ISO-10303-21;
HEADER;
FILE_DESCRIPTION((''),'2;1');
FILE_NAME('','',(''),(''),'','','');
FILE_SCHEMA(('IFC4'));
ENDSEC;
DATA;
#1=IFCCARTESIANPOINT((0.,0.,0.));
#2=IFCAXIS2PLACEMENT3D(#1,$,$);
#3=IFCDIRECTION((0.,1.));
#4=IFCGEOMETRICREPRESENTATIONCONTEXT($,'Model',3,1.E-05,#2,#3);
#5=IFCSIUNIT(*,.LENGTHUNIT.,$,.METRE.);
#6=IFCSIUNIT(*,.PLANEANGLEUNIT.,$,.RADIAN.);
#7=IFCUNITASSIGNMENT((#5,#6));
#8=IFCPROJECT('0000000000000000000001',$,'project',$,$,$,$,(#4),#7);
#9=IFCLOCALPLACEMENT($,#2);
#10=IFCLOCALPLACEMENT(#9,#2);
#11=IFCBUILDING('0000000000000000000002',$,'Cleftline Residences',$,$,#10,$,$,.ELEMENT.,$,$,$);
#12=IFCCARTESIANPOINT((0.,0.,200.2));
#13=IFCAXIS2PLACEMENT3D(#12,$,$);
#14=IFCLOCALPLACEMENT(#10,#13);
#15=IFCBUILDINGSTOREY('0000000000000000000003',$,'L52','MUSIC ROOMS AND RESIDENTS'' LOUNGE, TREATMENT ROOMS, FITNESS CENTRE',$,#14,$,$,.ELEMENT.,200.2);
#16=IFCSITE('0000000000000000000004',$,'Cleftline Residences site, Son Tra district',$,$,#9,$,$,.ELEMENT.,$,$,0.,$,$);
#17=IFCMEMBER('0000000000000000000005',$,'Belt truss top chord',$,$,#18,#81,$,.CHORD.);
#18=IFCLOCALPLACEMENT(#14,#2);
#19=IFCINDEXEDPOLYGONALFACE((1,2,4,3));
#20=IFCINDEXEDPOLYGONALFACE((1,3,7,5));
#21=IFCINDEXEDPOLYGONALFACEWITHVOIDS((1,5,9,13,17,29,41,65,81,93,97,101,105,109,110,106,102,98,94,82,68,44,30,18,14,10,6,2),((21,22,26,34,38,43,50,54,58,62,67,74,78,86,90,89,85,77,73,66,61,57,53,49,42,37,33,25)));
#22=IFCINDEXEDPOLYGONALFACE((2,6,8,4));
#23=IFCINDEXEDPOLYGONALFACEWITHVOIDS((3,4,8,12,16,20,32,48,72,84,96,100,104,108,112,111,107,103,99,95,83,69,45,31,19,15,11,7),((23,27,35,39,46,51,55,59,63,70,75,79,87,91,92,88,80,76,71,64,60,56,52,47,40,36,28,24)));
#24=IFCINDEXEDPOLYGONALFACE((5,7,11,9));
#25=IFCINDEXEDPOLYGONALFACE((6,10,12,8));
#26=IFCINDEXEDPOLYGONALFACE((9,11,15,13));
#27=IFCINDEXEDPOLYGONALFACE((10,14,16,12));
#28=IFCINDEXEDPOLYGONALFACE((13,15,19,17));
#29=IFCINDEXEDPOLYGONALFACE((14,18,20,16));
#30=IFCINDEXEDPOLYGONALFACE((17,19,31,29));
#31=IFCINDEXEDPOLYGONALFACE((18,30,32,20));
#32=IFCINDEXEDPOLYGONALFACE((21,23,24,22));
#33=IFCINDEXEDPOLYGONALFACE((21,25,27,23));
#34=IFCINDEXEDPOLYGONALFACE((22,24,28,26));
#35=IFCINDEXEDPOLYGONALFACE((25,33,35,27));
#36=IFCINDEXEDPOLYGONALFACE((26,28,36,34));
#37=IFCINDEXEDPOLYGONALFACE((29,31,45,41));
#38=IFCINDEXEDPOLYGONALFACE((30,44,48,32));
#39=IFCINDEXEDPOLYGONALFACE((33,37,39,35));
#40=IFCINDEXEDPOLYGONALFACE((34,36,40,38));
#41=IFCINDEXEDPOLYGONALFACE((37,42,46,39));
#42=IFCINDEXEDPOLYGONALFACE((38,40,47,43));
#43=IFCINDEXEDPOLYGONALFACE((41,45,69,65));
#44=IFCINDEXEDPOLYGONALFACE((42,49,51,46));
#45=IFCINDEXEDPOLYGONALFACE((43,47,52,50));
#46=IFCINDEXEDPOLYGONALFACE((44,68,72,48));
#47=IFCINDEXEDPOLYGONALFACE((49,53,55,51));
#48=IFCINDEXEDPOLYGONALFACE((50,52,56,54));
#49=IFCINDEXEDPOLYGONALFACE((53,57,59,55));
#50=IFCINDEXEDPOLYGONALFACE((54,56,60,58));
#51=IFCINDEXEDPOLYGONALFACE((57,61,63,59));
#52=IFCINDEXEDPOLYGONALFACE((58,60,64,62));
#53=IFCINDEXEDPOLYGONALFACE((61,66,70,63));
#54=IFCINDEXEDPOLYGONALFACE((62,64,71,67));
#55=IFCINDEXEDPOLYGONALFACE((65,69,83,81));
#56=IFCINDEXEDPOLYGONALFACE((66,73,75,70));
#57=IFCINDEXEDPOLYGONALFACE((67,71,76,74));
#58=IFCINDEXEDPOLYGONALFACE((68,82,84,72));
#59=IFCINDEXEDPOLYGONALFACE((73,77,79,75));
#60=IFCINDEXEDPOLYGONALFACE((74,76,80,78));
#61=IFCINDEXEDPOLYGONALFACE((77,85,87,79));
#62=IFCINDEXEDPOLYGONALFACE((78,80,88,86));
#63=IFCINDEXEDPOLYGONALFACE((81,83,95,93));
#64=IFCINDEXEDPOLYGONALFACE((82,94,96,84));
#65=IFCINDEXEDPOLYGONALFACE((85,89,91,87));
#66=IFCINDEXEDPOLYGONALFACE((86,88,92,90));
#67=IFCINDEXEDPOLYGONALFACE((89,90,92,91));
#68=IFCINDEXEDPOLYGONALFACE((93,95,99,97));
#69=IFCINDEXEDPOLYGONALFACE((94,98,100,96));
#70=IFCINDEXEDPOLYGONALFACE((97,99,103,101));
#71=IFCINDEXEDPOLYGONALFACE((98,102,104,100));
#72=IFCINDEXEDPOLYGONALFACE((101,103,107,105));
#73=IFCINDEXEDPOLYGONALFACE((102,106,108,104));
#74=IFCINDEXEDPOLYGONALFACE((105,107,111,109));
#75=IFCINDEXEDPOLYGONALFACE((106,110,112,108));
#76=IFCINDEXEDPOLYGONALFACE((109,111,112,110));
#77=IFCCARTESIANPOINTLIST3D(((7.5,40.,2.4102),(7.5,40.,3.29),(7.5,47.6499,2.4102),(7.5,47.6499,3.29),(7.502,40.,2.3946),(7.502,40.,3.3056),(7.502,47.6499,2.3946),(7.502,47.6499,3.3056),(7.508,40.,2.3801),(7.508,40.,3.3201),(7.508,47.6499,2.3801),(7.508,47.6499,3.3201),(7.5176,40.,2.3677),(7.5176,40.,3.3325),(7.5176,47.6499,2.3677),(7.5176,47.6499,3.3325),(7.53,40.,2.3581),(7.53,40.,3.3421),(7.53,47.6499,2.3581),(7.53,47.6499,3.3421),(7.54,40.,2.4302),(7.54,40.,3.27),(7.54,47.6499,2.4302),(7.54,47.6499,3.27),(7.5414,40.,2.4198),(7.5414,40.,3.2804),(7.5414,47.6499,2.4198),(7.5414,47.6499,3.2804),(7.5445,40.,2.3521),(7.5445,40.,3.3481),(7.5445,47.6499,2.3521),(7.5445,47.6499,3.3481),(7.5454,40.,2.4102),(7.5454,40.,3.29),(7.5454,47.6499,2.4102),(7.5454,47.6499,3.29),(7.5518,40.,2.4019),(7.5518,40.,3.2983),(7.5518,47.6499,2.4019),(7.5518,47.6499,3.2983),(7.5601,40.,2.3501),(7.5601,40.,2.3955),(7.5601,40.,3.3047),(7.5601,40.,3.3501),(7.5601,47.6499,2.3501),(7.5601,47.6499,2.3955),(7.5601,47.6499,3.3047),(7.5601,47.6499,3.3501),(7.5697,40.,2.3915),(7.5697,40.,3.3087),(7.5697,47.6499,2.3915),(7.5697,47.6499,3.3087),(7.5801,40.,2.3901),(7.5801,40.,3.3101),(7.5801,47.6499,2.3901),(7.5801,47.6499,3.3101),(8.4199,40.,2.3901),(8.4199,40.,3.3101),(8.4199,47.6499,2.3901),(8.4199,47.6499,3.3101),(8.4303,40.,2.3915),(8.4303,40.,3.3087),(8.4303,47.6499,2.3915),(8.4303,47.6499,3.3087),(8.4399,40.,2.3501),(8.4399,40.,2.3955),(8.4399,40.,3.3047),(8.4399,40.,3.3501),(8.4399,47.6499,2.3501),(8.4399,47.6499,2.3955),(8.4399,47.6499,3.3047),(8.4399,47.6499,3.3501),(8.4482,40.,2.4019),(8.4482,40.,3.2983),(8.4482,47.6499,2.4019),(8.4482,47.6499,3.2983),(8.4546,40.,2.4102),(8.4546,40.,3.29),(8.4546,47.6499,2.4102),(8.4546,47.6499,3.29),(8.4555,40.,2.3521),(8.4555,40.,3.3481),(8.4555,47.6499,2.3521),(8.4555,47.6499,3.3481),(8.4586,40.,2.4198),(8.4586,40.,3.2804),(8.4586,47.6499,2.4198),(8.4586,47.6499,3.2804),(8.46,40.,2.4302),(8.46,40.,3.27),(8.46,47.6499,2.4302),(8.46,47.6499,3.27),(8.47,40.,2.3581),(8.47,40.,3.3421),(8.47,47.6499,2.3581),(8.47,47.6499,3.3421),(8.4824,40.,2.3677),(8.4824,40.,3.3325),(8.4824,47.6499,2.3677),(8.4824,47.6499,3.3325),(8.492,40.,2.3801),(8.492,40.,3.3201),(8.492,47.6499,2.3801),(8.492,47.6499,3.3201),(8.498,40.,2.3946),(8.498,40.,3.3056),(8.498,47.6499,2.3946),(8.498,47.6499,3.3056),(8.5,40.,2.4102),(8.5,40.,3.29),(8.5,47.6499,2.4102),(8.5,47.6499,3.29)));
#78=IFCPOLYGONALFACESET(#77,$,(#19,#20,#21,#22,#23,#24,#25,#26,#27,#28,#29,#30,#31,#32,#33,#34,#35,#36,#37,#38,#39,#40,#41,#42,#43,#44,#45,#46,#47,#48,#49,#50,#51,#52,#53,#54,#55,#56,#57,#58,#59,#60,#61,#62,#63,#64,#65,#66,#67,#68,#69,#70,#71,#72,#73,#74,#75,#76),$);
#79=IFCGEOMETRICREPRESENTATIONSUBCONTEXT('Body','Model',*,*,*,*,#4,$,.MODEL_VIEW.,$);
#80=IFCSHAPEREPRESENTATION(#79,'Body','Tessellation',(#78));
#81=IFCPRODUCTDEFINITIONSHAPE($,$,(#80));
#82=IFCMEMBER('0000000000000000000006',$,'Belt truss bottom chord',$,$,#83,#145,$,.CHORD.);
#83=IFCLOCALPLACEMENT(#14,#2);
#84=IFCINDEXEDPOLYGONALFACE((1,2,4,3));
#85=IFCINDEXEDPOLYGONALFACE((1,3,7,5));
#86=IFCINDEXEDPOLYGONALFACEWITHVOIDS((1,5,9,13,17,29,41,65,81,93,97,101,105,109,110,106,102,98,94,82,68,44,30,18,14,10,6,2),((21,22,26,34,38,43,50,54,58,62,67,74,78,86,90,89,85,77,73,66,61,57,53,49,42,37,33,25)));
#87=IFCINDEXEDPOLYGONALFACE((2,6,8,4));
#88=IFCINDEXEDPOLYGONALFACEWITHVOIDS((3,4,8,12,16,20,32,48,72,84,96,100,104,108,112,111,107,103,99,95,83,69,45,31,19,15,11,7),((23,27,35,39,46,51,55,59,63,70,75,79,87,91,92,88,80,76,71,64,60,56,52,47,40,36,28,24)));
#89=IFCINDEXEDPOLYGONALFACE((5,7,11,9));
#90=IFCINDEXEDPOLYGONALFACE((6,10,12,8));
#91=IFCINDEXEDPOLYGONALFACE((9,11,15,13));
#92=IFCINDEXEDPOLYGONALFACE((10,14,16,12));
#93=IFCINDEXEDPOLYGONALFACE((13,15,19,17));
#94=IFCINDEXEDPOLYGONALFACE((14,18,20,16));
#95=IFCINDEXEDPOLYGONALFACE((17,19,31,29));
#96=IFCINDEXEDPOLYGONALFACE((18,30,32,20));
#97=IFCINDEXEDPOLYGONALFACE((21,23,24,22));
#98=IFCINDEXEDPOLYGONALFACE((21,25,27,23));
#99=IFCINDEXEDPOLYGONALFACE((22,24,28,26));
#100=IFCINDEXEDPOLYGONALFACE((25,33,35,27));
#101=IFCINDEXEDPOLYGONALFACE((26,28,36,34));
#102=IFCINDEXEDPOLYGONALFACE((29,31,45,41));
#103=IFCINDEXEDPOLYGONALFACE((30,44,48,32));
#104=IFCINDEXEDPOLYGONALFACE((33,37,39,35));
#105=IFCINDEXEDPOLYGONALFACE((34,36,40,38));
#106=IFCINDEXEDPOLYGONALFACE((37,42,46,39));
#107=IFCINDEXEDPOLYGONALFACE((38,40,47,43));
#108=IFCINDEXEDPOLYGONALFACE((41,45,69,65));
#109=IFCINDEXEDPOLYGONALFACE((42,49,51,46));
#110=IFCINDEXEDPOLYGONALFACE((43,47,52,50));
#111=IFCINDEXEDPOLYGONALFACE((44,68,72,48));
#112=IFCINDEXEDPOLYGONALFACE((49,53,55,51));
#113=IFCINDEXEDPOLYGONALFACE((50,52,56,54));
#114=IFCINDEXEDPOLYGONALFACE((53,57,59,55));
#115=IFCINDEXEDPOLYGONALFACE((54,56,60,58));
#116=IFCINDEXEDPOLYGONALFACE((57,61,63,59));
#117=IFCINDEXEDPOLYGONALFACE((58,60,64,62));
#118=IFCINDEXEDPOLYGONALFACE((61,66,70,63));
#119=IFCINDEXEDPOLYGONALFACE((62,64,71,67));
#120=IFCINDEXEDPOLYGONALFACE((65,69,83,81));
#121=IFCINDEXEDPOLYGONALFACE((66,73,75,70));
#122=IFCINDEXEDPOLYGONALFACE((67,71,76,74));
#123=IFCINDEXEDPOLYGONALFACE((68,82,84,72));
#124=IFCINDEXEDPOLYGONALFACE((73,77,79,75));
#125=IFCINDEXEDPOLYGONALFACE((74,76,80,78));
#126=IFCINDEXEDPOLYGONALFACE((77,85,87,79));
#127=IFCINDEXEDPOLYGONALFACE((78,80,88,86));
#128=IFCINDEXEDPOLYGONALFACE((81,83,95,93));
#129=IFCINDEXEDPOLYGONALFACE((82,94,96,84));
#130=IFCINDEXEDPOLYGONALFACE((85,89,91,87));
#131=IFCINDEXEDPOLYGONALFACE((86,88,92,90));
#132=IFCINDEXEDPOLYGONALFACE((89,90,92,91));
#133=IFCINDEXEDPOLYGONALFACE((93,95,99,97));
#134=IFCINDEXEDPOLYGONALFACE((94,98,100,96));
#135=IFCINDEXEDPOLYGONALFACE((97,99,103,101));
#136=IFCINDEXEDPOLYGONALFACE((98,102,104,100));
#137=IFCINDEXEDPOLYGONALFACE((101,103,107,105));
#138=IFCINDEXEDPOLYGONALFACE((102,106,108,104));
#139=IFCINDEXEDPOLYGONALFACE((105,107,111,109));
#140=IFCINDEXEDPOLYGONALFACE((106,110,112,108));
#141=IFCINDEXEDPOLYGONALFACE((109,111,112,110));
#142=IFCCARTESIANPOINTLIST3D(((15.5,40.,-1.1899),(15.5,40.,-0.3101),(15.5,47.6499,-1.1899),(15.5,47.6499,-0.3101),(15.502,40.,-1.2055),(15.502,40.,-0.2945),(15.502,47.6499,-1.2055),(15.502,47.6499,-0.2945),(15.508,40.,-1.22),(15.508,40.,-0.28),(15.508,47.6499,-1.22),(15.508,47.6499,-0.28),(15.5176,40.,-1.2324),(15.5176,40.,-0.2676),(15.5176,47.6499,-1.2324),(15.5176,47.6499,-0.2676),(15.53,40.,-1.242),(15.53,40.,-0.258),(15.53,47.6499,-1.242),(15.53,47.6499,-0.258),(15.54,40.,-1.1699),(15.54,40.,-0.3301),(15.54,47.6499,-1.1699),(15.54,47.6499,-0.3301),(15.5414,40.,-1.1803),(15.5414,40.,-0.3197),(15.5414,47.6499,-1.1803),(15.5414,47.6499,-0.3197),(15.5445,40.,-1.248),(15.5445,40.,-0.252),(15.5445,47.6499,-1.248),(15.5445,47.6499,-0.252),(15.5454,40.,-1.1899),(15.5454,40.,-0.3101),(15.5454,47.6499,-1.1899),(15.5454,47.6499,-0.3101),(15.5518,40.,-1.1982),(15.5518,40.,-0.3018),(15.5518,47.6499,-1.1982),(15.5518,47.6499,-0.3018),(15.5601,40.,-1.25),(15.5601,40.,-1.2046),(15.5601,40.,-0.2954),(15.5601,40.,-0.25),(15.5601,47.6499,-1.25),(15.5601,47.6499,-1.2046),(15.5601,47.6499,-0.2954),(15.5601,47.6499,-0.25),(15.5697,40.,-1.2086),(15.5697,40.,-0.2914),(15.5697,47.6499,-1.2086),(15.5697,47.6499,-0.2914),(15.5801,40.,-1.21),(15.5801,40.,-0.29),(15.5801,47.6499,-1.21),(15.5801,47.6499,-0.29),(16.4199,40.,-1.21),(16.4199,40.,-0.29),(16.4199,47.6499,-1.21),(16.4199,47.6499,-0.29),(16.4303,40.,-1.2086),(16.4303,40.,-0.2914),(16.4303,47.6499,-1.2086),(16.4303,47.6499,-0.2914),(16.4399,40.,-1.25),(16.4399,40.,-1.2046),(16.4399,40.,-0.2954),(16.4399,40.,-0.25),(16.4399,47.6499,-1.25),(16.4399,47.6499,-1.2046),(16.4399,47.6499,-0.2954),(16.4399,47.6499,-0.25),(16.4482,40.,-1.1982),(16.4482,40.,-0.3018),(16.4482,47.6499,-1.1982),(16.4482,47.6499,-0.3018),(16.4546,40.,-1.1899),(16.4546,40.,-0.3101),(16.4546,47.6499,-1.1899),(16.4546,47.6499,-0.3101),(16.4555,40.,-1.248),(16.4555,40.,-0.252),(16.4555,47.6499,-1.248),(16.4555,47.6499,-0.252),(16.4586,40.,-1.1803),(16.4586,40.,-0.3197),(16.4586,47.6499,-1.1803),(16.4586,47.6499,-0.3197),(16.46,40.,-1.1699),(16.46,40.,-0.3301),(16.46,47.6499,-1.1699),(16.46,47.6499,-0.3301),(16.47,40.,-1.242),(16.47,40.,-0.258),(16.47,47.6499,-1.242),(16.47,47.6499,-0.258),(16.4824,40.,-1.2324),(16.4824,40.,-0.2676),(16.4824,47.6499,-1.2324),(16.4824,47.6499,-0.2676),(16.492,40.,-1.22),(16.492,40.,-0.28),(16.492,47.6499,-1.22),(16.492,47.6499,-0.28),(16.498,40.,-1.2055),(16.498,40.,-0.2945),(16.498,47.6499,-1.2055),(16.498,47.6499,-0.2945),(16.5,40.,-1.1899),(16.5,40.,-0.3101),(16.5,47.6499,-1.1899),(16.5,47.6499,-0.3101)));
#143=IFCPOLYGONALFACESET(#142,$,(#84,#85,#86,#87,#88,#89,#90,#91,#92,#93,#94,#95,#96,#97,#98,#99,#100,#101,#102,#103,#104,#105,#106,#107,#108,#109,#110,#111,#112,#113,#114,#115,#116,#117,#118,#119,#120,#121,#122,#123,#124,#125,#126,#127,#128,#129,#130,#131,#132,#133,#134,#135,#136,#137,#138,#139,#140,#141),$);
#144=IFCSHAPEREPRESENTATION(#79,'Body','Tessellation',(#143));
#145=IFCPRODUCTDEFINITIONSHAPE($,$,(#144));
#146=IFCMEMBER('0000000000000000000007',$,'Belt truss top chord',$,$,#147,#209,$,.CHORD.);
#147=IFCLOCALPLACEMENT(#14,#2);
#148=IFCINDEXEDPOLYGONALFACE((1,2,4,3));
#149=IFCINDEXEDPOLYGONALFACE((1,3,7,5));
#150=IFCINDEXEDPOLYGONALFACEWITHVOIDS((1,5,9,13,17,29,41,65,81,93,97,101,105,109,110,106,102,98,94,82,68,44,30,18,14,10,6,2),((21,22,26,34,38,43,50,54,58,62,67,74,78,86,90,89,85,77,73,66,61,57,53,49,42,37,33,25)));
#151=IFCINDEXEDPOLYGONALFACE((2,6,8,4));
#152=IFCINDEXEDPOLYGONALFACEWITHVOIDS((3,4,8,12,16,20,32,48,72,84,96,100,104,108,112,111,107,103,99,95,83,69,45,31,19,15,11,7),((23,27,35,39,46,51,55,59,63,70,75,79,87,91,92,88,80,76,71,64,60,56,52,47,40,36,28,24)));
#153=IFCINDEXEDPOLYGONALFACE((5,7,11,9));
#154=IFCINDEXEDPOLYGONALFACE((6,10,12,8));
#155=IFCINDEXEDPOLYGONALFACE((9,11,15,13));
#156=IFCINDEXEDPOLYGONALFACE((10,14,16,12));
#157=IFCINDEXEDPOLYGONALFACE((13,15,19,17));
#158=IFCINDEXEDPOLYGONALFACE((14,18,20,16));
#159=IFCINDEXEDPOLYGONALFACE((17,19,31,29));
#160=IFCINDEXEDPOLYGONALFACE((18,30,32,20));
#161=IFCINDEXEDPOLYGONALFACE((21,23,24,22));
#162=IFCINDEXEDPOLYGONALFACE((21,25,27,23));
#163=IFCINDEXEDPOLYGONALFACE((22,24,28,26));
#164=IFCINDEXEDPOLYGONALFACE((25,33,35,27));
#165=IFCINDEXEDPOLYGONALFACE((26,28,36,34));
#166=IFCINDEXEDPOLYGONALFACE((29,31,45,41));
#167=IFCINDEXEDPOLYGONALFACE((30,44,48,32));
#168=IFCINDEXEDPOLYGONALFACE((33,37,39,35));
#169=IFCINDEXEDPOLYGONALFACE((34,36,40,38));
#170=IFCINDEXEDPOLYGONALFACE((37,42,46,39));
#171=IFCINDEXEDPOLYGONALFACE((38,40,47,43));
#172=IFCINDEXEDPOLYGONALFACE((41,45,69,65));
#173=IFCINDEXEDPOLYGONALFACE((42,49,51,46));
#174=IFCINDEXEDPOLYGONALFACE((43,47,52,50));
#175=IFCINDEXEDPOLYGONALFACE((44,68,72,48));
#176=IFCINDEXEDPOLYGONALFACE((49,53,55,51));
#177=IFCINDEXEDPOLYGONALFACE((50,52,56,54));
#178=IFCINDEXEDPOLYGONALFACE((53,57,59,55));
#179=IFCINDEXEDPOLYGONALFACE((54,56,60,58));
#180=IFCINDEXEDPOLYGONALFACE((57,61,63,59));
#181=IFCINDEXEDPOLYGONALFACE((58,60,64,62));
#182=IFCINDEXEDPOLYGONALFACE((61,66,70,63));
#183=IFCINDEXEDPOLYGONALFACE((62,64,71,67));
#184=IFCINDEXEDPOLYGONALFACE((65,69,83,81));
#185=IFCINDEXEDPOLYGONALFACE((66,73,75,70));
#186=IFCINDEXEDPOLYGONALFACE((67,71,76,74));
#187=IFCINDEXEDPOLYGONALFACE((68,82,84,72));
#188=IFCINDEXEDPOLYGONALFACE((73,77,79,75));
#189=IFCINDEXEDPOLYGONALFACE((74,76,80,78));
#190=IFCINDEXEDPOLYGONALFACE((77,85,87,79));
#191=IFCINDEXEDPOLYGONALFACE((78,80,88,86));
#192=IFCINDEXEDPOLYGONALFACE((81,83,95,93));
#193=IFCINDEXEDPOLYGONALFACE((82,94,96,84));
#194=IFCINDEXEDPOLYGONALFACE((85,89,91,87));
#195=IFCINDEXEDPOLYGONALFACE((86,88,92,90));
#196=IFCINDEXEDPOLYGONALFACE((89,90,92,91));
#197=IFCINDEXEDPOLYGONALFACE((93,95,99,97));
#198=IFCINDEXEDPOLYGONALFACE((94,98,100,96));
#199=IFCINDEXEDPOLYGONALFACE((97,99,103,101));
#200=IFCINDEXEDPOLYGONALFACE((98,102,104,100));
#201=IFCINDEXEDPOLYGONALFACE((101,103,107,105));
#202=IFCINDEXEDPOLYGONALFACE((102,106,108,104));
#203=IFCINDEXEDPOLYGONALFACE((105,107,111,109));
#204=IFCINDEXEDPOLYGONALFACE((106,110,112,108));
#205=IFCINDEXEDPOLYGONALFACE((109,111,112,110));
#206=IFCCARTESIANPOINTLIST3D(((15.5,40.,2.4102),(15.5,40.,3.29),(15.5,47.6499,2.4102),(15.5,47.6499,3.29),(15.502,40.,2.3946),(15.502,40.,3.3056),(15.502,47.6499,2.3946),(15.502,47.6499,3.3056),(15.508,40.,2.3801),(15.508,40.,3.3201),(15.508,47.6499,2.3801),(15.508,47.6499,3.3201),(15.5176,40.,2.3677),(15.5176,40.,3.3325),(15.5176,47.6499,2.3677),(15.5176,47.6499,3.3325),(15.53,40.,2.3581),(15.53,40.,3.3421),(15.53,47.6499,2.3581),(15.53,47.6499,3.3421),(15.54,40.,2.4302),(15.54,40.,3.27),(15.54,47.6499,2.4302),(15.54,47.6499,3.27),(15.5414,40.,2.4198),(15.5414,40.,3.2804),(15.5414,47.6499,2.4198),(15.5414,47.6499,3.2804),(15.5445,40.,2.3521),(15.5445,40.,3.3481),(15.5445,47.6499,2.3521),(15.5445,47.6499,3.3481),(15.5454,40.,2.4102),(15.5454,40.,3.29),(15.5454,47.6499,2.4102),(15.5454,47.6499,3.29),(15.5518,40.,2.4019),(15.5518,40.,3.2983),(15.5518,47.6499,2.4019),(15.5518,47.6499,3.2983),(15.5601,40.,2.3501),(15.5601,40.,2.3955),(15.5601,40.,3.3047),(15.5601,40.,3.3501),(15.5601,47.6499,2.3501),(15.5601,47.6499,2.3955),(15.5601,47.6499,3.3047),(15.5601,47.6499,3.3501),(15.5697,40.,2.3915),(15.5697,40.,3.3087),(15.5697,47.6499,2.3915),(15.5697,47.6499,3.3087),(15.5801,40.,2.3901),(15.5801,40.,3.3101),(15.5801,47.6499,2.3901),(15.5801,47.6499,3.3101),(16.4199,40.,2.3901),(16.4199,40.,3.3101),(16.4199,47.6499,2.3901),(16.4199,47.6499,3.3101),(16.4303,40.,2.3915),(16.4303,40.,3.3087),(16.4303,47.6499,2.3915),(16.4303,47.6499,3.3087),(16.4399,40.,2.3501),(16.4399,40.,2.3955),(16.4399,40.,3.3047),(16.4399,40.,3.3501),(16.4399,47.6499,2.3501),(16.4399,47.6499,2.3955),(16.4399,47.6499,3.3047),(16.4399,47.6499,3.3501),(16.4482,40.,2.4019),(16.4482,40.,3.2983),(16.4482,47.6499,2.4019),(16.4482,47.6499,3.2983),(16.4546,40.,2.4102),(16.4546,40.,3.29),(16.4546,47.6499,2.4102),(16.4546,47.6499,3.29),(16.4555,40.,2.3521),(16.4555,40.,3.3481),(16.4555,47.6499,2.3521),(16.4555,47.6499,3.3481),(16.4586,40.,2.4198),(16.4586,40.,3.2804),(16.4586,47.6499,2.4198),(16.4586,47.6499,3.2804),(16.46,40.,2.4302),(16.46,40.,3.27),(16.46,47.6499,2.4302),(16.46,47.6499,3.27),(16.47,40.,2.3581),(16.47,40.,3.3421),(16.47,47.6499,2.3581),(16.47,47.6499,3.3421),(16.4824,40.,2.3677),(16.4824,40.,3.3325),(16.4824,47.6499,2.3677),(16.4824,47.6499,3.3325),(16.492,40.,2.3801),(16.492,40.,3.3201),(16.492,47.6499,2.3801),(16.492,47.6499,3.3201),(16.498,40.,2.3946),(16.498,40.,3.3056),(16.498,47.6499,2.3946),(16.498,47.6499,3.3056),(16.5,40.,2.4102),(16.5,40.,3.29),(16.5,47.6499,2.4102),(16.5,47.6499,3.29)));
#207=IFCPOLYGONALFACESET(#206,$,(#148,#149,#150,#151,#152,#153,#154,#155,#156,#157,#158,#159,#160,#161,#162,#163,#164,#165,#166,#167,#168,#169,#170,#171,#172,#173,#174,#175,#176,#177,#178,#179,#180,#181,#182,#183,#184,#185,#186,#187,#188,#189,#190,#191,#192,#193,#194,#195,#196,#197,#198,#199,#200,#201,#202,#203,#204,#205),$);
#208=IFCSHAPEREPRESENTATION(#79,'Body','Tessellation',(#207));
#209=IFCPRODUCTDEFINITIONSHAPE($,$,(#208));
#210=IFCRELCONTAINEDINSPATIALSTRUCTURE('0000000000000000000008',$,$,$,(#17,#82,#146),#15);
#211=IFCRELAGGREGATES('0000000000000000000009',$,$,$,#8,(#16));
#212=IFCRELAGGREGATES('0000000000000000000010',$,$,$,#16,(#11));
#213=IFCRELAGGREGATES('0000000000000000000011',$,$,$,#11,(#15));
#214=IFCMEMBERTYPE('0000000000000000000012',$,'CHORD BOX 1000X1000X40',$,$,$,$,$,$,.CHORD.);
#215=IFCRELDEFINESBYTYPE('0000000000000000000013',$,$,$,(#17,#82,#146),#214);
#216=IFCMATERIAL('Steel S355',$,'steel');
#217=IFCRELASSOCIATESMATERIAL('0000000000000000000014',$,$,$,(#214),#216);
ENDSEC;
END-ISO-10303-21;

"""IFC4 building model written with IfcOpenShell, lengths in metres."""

from ifc_helpers import new_model, si_unit, direction, frame, origin, origin_2d, place, context, subcontext, project, spatial, hollow_rectangle, extrude, material, material_profile, profile_set, type_object, element, save


model = new_model("IFC4")

# Units and contexts
model_context = context("Model", 3, precision=1e-05, world=origin(), true_north=direction((0.0, 1.0)))
body_context = subcontext(model_context, "Body", "Model", "MODEL_VIEW")
ifc_project = project(units=[si_unit("LENGTHUNIT", "METRE"), si_unit("PLANEANGLEUNIT", "RADIAN")], contexts=[model_context])

# Site, building, storey
site_placement = place(None, origin())
site = spatial("IfcSite", under=ifc_project, at=site_placement, Name="Cleftline Residences site, Son Tra district", CompositionType="ELEMENT", RefElevation=0.0)
building_placement = place(site_placement, origin())
building = spatial("IfcBuilding", under=site, at=building_placement, Name="Cleftline Residences", CompositionType="ELEMENT")
storey_placement = place(building_placement, frame((0.0, 0.0, 200.2)))
storey = spatial("IfcBuildingStorey", under=building, at=storey_placement, Name="L52", Description="MUSIC ROOMS AND RESIDENTS' LOUNGE, TREATMENT ROOMS, FITNESS CENTRE", CompositionType="ELEMENT", Elevation=200.2)

# Members
ifc_material_1 = material(Name="Steel S355", Category="steel")
ifc_material_profile_1 = material_profile(ifc_material_1, hollow_rectangle(XDim=1.0, YDim=1.0, WallThickness=0.04, InnerFilletRadius=0.04, OuterFilletRadius=0.0601, at=origin_2d()))
ifc_profile_set_1 = profile_set([ifc_material_profile_1], Name="Steel S355")
member_type_1 = type_object("IfcMemberType", Name="CHORD BOX 1000X1000X40", PredefinedType="CHORD", material=ifc_profile_set_1)
for number, where, z_axis, x_axis, name in (
    (1, (8.0, 40.0, 2.8501), (0.0, 1.0, 0.0), (-1.0, 0.0, 0.0), "Belt truss top chord"),
    (2, (16.0, 40.0, -0.75), (0.0, 1.0, 0.0), (-1.0, 0.0, 0.0), "Belt truss bottom chord"),
    (3, (16.0, 40.0, 2.8501), (0.0, 1.0, 0.0), (-1.0, 0.0, 0.0), "Belt truss top chord"),
):
    element("IfcMember", number, at=place(storey_placement, frame(where, z_axis=z_axis, x_axis=x_axis)), inside=storey, type_object=member_type_1, Name=name, PredefinedType="CHORD", context=body_context, shape_type="SweptSolid", body=[
        extrude(hollow_rectangle(XDim=1.0, YDim=1.0, WallThickness=0.04, InnerFilletRadius=0.04, OuterFilletRadius=0.0601, at=origin_2d()), origin(), (0.0, 0.0, 1.0), 7.6499),
    ])

save(model, "model.ifc")
